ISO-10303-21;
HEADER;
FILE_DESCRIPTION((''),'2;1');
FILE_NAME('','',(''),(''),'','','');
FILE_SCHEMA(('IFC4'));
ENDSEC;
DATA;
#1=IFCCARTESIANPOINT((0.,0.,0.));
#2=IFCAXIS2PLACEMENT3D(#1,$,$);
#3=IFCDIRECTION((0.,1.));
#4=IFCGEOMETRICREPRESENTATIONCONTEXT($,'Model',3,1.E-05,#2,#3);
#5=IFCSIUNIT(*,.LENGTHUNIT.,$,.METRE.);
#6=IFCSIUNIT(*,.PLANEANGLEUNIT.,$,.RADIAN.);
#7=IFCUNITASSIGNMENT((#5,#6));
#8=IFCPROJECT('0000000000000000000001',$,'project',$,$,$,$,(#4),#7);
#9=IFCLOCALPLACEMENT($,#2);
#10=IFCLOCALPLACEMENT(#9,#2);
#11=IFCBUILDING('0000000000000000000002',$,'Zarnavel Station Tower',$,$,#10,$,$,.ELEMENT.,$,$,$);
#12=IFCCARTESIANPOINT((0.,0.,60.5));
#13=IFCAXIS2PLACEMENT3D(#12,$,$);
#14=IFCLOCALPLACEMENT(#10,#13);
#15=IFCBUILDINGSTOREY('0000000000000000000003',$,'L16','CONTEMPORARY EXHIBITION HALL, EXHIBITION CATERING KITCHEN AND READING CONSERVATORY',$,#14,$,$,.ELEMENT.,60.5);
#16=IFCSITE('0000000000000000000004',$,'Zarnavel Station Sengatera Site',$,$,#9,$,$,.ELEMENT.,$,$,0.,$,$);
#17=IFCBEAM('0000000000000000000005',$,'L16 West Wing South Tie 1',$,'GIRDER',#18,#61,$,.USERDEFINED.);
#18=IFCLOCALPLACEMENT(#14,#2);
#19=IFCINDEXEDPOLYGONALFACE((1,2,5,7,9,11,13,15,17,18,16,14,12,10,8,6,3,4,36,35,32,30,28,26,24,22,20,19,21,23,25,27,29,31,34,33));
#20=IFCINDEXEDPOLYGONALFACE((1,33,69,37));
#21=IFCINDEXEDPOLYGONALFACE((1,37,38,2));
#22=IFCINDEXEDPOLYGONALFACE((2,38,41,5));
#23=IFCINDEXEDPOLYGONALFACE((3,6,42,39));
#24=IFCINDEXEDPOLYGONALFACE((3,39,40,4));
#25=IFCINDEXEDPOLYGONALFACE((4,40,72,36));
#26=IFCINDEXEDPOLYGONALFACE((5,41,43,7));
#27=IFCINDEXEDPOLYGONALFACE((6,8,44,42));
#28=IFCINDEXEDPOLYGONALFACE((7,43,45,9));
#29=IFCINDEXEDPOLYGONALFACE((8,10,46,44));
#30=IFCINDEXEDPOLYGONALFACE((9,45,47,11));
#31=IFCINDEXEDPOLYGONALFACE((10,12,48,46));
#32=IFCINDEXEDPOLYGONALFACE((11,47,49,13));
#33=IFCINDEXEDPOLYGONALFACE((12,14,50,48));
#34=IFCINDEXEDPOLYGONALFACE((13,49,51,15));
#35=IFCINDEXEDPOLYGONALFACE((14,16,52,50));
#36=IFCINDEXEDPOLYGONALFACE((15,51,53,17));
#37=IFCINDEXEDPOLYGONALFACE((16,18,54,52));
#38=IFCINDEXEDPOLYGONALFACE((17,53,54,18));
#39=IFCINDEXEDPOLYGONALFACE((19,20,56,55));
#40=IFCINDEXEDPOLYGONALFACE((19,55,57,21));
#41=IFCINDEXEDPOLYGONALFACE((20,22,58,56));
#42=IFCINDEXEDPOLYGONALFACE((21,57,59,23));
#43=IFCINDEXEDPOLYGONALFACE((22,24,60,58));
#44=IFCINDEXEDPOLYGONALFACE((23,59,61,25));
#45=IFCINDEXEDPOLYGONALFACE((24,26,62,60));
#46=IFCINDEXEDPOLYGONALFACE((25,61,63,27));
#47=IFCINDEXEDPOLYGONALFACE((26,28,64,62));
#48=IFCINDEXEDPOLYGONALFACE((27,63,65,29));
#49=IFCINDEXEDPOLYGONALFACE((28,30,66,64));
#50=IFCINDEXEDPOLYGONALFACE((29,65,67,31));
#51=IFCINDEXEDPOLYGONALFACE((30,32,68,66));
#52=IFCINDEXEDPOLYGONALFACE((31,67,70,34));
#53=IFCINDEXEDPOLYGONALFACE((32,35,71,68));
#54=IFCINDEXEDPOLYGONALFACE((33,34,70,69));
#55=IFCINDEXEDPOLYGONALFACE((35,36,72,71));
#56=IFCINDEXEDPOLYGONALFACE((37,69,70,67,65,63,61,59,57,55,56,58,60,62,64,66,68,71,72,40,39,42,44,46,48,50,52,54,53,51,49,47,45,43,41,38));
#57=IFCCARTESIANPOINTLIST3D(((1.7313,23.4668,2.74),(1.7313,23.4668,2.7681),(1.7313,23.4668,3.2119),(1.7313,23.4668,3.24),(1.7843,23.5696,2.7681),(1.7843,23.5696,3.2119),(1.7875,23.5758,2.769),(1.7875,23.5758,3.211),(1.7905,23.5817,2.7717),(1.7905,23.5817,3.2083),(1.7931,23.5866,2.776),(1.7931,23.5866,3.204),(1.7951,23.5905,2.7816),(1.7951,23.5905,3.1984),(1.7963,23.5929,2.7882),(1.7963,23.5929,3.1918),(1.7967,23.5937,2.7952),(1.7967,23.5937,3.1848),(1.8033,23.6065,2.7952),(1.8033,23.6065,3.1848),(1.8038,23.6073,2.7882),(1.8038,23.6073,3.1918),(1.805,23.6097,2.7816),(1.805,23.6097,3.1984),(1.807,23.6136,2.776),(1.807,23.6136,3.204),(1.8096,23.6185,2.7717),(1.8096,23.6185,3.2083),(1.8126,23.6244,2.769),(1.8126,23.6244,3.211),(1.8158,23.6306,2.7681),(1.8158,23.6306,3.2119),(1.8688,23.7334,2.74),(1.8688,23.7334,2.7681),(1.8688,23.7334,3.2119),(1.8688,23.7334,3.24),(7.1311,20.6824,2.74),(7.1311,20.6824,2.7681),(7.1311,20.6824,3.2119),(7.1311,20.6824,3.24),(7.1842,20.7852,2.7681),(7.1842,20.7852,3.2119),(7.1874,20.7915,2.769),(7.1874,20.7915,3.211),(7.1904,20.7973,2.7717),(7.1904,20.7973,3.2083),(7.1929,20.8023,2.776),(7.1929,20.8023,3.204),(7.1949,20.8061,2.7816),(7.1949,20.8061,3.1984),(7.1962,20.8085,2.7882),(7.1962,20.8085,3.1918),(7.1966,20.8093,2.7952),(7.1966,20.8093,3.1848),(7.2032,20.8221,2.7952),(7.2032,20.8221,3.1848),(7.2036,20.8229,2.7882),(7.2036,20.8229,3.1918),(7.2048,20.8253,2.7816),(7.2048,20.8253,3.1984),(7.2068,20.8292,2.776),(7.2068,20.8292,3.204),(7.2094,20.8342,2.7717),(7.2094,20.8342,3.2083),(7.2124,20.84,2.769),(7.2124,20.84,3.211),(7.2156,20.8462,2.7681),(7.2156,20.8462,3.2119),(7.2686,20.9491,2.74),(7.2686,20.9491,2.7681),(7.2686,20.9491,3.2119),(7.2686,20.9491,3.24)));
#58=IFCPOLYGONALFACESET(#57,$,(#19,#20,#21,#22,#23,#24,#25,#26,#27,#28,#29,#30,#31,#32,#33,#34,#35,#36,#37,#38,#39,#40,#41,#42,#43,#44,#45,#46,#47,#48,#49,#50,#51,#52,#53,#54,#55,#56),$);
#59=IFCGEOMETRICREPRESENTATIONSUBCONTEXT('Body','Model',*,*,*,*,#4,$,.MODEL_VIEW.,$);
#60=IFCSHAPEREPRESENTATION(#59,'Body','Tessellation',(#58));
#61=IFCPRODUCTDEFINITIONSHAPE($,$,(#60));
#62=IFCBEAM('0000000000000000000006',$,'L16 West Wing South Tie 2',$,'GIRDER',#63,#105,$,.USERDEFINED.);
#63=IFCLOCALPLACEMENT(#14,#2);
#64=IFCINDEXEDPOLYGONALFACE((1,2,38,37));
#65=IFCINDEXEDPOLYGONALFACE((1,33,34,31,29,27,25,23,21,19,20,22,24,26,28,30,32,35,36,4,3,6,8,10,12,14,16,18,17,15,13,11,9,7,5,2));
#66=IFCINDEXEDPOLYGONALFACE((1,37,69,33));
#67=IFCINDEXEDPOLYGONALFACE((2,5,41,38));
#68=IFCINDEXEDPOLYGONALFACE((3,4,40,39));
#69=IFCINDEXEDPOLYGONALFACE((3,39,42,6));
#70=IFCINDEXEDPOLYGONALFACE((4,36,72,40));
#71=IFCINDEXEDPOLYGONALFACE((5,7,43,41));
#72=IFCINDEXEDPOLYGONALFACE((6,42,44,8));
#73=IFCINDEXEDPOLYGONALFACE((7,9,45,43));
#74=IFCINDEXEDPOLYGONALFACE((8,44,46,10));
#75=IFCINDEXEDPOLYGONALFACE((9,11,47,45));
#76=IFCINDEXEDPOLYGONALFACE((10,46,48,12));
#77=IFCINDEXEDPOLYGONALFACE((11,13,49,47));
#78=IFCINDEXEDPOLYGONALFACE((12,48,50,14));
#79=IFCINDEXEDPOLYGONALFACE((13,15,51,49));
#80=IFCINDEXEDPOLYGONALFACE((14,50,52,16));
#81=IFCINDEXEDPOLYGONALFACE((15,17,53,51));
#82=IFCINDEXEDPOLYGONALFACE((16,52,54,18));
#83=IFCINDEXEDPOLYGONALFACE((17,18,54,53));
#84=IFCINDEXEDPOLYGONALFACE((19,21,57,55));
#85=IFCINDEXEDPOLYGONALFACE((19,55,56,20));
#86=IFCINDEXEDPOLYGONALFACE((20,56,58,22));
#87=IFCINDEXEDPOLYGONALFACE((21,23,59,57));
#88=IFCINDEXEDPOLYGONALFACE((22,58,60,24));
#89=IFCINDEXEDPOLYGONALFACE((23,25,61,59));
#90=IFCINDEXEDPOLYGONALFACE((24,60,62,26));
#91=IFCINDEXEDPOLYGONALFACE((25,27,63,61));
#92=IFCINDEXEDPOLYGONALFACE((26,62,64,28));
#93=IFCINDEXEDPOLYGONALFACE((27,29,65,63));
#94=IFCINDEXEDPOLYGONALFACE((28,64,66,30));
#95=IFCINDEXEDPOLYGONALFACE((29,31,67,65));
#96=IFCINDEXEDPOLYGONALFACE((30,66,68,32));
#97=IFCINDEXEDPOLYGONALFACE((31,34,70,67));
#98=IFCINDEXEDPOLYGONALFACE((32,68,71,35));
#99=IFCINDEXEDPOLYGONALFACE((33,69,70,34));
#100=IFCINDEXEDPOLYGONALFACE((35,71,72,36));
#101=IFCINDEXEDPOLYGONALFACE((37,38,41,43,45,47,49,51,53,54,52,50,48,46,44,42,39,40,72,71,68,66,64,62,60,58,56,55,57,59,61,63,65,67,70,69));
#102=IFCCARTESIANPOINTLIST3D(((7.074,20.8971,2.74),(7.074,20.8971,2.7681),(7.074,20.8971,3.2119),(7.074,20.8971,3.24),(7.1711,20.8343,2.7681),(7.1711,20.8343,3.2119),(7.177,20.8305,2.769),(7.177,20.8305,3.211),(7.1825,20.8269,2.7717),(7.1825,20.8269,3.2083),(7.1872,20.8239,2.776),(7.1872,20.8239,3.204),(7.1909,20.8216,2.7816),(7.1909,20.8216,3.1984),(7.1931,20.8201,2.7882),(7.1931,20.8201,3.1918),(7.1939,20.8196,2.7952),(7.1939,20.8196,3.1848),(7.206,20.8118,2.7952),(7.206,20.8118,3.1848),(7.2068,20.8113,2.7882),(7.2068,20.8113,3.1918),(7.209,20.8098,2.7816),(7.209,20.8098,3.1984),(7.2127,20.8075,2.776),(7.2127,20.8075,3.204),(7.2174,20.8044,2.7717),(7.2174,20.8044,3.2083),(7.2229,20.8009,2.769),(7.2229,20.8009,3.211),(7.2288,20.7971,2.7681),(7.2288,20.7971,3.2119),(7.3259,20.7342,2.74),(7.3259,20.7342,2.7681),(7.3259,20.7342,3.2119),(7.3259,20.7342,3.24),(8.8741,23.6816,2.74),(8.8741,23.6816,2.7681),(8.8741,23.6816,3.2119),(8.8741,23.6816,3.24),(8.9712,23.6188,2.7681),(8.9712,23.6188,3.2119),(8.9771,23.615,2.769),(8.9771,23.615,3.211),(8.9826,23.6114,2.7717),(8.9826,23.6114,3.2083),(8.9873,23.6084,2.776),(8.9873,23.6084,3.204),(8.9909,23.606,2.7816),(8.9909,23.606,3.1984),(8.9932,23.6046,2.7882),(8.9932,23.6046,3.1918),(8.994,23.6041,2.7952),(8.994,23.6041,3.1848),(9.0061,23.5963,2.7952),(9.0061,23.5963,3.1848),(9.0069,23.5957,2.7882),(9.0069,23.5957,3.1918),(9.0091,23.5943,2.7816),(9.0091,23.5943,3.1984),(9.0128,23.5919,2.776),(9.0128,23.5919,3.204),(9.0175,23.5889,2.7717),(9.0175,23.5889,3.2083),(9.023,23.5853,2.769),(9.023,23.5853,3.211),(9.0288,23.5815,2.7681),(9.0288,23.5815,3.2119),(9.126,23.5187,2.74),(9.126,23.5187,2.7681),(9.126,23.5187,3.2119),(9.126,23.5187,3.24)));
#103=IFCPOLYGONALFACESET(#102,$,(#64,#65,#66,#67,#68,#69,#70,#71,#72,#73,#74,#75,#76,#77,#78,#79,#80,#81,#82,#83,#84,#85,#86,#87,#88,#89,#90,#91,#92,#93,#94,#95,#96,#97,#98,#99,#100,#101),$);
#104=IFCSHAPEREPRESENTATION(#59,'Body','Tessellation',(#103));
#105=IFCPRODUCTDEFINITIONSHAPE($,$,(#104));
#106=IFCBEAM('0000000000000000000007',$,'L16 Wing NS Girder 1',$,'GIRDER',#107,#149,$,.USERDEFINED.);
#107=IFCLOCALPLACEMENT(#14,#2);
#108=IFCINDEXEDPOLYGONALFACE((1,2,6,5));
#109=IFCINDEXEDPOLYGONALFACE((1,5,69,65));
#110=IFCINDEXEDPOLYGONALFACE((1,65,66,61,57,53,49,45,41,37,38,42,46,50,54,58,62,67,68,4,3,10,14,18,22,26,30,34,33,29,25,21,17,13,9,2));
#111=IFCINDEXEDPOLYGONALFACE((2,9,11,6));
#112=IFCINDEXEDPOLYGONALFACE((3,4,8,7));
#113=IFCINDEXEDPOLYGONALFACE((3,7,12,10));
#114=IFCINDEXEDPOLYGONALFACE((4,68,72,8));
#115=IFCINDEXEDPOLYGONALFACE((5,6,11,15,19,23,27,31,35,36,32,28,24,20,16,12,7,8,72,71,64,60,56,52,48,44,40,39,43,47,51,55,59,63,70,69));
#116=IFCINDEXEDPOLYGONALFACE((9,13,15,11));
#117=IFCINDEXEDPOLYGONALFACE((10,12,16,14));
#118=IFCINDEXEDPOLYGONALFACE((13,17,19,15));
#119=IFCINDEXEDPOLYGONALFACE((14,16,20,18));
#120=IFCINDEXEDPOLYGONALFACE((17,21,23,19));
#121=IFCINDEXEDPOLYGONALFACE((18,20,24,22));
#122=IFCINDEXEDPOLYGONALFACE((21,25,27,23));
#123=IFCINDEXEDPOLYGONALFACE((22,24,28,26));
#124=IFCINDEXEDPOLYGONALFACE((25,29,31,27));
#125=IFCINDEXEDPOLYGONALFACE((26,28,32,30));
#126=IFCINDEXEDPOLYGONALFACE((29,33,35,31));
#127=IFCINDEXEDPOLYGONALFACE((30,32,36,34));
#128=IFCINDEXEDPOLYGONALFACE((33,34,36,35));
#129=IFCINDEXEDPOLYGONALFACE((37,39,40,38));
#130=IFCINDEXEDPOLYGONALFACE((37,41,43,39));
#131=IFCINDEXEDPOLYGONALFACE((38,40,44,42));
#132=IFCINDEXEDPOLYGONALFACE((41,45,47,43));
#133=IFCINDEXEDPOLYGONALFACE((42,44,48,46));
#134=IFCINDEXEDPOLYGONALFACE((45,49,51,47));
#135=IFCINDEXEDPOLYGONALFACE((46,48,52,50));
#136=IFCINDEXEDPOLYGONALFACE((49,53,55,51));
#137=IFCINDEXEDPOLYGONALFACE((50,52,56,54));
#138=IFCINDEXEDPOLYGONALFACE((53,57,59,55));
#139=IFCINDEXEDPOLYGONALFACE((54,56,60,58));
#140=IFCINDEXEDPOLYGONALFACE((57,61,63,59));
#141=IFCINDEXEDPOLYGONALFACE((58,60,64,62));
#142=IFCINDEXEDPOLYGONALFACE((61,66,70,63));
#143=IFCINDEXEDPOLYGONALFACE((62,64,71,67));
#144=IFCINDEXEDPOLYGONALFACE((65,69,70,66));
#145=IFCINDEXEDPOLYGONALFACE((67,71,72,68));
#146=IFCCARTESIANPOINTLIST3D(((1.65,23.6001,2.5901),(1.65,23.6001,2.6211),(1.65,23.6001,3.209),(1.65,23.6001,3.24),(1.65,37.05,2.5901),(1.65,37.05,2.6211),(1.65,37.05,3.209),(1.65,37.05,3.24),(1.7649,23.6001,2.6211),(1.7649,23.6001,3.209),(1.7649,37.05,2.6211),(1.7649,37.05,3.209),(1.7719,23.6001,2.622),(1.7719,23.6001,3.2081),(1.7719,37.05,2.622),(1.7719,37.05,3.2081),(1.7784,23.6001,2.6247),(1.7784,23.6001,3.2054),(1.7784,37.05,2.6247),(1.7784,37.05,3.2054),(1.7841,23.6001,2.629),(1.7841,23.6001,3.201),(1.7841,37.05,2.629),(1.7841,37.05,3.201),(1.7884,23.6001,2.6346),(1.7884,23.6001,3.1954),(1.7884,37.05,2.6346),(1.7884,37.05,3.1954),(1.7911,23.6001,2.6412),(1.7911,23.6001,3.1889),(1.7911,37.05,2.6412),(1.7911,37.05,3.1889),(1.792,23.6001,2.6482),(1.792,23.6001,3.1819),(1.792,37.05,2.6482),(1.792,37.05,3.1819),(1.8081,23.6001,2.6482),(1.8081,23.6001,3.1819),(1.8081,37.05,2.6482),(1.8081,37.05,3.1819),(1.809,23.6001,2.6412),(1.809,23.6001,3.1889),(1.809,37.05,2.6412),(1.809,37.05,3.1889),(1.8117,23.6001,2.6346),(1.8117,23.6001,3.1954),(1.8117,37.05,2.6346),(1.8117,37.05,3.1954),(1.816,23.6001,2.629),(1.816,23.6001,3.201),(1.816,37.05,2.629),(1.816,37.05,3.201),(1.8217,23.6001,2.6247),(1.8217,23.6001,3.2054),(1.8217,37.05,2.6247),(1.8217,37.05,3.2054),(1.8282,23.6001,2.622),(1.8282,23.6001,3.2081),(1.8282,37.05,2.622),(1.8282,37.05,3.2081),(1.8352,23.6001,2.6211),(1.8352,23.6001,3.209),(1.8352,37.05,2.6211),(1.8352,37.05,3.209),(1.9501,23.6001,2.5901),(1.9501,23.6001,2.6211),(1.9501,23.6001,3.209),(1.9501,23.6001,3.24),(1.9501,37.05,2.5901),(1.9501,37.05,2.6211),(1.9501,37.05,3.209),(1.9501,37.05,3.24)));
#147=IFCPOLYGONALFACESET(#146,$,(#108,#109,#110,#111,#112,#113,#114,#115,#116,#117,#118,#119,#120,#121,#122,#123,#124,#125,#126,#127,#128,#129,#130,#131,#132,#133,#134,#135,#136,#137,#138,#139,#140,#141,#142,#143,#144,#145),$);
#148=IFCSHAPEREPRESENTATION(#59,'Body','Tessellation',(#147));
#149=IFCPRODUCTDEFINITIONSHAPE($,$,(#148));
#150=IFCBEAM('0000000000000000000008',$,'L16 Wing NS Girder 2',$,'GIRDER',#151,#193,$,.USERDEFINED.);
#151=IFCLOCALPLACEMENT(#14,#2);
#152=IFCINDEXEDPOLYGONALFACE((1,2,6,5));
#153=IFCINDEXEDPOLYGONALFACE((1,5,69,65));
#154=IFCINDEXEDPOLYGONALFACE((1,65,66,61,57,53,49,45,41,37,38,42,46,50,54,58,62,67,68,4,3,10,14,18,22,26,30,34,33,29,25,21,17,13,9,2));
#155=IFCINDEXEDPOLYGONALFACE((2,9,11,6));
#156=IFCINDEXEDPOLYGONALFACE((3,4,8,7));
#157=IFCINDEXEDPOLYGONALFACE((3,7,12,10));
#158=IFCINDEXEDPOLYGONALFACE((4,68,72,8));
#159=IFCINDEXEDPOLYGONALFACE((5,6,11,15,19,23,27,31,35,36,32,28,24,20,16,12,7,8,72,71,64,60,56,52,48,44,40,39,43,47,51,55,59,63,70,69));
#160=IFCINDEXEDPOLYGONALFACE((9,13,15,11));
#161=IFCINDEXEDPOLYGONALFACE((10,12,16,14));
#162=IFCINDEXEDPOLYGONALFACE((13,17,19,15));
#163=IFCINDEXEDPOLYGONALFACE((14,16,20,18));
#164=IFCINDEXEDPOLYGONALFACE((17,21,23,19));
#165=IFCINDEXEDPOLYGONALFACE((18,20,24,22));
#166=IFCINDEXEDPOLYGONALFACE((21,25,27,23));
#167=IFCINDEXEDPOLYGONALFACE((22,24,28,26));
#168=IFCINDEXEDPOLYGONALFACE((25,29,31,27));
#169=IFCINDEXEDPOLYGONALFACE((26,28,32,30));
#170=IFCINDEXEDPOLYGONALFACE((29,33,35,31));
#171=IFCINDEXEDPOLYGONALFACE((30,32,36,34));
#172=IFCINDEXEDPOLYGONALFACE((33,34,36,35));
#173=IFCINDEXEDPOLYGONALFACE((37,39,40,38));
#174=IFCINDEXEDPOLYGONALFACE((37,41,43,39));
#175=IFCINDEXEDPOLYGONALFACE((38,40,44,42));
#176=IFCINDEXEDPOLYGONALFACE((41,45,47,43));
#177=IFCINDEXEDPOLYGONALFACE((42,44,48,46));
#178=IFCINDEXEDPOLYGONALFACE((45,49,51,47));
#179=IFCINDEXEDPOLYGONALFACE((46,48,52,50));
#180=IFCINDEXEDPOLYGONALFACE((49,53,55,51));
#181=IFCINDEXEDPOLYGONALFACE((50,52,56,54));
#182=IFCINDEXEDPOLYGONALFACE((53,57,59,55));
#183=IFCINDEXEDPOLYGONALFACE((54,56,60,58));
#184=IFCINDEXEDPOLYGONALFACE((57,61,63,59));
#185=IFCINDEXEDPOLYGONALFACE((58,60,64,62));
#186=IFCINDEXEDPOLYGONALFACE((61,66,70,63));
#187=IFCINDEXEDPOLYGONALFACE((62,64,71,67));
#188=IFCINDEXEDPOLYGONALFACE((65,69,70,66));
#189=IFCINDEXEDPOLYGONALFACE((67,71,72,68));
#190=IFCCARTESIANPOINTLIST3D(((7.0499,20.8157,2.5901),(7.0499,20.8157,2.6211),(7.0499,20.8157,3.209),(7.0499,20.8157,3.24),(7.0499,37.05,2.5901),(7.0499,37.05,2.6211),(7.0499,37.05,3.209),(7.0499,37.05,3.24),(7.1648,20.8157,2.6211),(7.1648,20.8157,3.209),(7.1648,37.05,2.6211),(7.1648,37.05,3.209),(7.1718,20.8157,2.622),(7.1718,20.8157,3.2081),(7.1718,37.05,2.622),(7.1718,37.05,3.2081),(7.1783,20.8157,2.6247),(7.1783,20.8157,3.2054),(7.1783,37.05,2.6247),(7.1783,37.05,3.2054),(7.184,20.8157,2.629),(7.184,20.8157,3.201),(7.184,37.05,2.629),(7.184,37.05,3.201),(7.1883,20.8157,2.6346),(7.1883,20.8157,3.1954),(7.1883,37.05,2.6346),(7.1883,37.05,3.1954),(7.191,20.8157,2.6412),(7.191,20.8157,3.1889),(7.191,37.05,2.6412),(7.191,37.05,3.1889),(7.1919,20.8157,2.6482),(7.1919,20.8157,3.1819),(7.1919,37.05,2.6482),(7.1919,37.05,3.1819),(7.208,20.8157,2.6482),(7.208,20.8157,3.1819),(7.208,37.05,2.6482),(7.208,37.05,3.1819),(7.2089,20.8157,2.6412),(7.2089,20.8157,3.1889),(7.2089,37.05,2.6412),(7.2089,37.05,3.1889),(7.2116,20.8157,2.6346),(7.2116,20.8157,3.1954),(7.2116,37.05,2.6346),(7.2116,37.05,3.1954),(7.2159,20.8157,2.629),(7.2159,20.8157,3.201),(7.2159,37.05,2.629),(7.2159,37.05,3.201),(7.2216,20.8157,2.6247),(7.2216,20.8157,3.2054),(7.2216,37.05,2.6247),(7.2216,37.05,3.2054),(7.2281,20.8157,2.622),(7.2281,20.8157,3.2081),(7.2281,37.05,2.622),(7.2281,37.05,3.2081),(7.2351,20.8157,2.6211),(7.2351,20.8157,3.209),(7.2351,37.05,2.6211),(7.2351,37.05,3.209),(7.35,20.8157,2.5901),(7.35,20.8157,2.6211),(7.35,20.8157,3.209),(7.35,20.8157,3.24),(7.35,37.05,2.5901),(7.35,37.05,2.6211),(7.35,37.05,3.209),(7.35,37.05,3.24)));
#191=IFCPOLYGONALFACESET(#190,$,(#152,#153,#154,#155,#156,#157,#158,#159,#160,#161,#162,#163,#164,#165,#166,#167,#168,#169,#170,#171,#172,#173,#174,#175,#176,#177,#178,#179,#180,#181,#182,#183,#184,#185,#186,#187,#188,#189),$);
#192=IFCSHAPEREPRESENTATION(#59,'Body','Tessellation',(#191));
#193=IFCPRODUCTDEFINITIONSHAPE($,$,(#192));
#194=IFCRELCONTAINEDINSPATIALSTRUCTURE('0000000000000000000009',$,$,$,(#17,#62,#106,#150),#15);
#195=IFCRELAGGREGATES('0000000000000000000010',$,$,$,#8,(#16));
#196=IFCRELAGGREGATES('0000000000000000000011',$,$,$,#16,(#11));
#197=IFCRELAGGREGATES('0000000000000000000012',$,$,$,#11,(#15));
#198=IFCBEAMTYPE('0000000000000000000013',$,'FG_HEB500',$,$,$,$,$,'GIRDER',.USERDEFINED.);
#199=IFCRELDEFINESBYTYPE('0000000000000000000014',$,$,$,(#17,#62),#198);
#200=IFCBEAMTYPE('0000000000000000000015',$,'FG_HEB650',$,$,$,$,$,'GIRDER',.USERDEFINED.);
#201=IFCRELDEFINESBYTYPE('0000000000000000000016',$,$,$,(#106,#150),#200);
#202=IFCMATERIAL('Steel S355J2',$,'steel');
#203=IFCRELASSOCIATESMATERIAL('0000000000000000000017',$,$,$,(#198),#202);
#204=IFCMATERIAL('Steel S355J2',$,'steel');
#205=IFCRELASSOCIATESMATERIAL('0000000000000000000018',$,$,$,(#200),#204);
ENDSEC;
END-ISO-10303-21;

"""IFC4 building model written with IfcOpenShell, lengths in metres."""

from ifc_helpers import new_model, si_unit, direction, frame, origin, origin_2d, place, context, subcontext, project, spatial, i_section, extrude, material, material_profile, profile_set, type_object, element, save


model = new_model("IFC4")

# Units and contexts
model_context = context("Model", 3, precision=1e-05, world=origin(), true_north=direction((0.0, 1.0)))
body_context = subcontext(model_context, "Body", "Model", "MODEL_VIEW")
ifc_project = project(units=[si_unit("LENGTHUNIT", "METRE"), si_unit("PLANEANGLEUNIT", "RADIAN")], contexts=[model_context])

# Site, building, storey
site_placement = place(None, origin())
site = spatial("IfcSite", under=ifc_project, at=site_placement, Name="Zarnavel Station Sengatera Site", CompositionType="ELEMENT", RefElevation=0.0)
building_placement = place(site_placement, origin())
building = spatial("IfcBuilding", under=site, at=building_placement, Name="Zarnavel Station Tower", CompositionType="ELEMENT")
storey_placement = place(building_placement, frame((0.0, 0.0, 60.5)))
storey = spatial("IfcBuildingStorey", under=building, at=storey_placement, Name="L16", Description="CONTEMPORARY EXHIBITION HALL, EXHIBITION CATERING KITCHEN AND READING CONSERVATORY", CompositionType="ELEMENT", Elevation=60.5)

# Beams
ifc_material_1 = material(Name="Steel S355J2", Category="steel")
ifc_material_profile_1 = material_profile(ifc_material_1, i_section(OverallWidth=0.3, OverallDepth=0.5, WebThickness=0.0144, FlangeThickness=0.0281, FilletRadius=0.0271, at=origin_2d()), Name="HEB500")
ifc_profile_set_1 = profile_set([ifc_material_profile_1], Name="Steel S355J2")
beam_type_1 = type_object("IfcBeamType", Name="FG_HEB500", ElementType="GIRDER", PredefinedType="USERDEFINED", material=ifc_profile_set_1)
beam_1_placement = place(storey_placement, frame((1.8, 23.6001, 2.99), z_axis=(0.888797, -0.458302, 0.0), x_axis=(0.458302, 0.888797, 0.0)))
element("IfcBeam", 1, at=beam_1_placement, inside=storey, type_object=beam_type_1, Name="L16 West Wing South Tie 1", ObjectType="GIRDER", PredefinedType="USERDEFINED", context=body_context, shape_type="SweptSolid", body=[
    extrude(i_section(OverallWidth=0.3, OverallDepth=0.5, WebThickness=0.0144, FlangeThickness=0.0281, FilletRadius=0.0271, at=origin_2d()), origin(), (0.0, 0.0, 1.0), 6.0754),
])
beam_2_placement = place(storey_placement, frame((7.2, 20.8157, 2.99), z_axis=(0.542903, 0.839795, 0.0), x_axis=(-0.839795, 0.542903, 0.0)))
element("IfcBeam", 2, at=beam_2_placement, inside=storey, type_object=beam_type_1, Name="L16 West Wing South Tie 2", ObjectType="GIRDER", PredefinedType="USERDEFINED", context=body_context, shape_type="SweptSolid", body=[
    extrude(i_section(OverallWidth=0.3, OverallDepth=0.5, WebThickness=0.0144, FlangeThickness=0.0281, FilletRadius=0.0271, at=origin_2d()), origin(), (0.0, 0.0, 1.0), 3.3157),
])
ifc_material_2 = material(Name="Steel S355J2", Category="steel")
ifc_material_profile_2 = material_profile(ifc_material_2, i_section(OverallWidth=0.3, OverallDepth=0.6499, WebThickness=0.0161, FlangeThickness=0.031, FilletRadius=0.0271, at=origin_2d()), Name="HEB650")
ifc_profile_set_2 = profile_set([ifc_material_profile_2], Name="Steel S355J2")
beam_type_2 = type_object("IfcBeamType", Name="FG_HEB650", ElementType="GIRDER", PredefinedType="USERDEFINED", material=ifc_profile_set_2)
beam_3_placement = place(storey_placement, frame((1.8, 23.6001, 2.915), z_axis=(0.0, 1.0, 0.0), x_axis=(-1.0, 0.0, 0.0)))
element("IfcBeam", 3, at=beam_3_placement, inside=storey, type_object=beam_type_2, Name="L16 Wing NS Girder 1", ObjectType="GIRDER", PredefinedType="USERDEFINED", context=body_context, shape_type="SweptSolid", body=[
    extrude(i_section(OverallWidth=0.3, OverallDepth=0.6499, WebThickness=0.0161, FlangeThickness=0.031, FilletRadius=0.0271, at=origin_2d()), origin(), (0.0, 0.0, 1.0), 13.45),
])
beam_4_placement = place(storey_placement, frame((7.2, 20.8157, 2.915), z_axis=(0.0, 1.0, 0.0), x_axis=(-1.0, 0.0, 0.0)))
element("IfcBeam", 4, at=beam_4_placement, inside=storey, type_object=beam_type_2, Name="L16 Wing NS Girder 2", ObjectType="GIRDER", PredefinedType="USERDEFINED", context=body_context, shape_type="SweptSolid", body=[
    extrude(i_section(OverallWidth=0.3, OverallDepth=0.6499, WebThickness=0.0161, FlangeThickness=0.031, FilletRadius=0.0271, at=origin_2d()), origin(), (0.0, 0.0, 1.0), 16.2344),
])

save(model, "model.ifc")
